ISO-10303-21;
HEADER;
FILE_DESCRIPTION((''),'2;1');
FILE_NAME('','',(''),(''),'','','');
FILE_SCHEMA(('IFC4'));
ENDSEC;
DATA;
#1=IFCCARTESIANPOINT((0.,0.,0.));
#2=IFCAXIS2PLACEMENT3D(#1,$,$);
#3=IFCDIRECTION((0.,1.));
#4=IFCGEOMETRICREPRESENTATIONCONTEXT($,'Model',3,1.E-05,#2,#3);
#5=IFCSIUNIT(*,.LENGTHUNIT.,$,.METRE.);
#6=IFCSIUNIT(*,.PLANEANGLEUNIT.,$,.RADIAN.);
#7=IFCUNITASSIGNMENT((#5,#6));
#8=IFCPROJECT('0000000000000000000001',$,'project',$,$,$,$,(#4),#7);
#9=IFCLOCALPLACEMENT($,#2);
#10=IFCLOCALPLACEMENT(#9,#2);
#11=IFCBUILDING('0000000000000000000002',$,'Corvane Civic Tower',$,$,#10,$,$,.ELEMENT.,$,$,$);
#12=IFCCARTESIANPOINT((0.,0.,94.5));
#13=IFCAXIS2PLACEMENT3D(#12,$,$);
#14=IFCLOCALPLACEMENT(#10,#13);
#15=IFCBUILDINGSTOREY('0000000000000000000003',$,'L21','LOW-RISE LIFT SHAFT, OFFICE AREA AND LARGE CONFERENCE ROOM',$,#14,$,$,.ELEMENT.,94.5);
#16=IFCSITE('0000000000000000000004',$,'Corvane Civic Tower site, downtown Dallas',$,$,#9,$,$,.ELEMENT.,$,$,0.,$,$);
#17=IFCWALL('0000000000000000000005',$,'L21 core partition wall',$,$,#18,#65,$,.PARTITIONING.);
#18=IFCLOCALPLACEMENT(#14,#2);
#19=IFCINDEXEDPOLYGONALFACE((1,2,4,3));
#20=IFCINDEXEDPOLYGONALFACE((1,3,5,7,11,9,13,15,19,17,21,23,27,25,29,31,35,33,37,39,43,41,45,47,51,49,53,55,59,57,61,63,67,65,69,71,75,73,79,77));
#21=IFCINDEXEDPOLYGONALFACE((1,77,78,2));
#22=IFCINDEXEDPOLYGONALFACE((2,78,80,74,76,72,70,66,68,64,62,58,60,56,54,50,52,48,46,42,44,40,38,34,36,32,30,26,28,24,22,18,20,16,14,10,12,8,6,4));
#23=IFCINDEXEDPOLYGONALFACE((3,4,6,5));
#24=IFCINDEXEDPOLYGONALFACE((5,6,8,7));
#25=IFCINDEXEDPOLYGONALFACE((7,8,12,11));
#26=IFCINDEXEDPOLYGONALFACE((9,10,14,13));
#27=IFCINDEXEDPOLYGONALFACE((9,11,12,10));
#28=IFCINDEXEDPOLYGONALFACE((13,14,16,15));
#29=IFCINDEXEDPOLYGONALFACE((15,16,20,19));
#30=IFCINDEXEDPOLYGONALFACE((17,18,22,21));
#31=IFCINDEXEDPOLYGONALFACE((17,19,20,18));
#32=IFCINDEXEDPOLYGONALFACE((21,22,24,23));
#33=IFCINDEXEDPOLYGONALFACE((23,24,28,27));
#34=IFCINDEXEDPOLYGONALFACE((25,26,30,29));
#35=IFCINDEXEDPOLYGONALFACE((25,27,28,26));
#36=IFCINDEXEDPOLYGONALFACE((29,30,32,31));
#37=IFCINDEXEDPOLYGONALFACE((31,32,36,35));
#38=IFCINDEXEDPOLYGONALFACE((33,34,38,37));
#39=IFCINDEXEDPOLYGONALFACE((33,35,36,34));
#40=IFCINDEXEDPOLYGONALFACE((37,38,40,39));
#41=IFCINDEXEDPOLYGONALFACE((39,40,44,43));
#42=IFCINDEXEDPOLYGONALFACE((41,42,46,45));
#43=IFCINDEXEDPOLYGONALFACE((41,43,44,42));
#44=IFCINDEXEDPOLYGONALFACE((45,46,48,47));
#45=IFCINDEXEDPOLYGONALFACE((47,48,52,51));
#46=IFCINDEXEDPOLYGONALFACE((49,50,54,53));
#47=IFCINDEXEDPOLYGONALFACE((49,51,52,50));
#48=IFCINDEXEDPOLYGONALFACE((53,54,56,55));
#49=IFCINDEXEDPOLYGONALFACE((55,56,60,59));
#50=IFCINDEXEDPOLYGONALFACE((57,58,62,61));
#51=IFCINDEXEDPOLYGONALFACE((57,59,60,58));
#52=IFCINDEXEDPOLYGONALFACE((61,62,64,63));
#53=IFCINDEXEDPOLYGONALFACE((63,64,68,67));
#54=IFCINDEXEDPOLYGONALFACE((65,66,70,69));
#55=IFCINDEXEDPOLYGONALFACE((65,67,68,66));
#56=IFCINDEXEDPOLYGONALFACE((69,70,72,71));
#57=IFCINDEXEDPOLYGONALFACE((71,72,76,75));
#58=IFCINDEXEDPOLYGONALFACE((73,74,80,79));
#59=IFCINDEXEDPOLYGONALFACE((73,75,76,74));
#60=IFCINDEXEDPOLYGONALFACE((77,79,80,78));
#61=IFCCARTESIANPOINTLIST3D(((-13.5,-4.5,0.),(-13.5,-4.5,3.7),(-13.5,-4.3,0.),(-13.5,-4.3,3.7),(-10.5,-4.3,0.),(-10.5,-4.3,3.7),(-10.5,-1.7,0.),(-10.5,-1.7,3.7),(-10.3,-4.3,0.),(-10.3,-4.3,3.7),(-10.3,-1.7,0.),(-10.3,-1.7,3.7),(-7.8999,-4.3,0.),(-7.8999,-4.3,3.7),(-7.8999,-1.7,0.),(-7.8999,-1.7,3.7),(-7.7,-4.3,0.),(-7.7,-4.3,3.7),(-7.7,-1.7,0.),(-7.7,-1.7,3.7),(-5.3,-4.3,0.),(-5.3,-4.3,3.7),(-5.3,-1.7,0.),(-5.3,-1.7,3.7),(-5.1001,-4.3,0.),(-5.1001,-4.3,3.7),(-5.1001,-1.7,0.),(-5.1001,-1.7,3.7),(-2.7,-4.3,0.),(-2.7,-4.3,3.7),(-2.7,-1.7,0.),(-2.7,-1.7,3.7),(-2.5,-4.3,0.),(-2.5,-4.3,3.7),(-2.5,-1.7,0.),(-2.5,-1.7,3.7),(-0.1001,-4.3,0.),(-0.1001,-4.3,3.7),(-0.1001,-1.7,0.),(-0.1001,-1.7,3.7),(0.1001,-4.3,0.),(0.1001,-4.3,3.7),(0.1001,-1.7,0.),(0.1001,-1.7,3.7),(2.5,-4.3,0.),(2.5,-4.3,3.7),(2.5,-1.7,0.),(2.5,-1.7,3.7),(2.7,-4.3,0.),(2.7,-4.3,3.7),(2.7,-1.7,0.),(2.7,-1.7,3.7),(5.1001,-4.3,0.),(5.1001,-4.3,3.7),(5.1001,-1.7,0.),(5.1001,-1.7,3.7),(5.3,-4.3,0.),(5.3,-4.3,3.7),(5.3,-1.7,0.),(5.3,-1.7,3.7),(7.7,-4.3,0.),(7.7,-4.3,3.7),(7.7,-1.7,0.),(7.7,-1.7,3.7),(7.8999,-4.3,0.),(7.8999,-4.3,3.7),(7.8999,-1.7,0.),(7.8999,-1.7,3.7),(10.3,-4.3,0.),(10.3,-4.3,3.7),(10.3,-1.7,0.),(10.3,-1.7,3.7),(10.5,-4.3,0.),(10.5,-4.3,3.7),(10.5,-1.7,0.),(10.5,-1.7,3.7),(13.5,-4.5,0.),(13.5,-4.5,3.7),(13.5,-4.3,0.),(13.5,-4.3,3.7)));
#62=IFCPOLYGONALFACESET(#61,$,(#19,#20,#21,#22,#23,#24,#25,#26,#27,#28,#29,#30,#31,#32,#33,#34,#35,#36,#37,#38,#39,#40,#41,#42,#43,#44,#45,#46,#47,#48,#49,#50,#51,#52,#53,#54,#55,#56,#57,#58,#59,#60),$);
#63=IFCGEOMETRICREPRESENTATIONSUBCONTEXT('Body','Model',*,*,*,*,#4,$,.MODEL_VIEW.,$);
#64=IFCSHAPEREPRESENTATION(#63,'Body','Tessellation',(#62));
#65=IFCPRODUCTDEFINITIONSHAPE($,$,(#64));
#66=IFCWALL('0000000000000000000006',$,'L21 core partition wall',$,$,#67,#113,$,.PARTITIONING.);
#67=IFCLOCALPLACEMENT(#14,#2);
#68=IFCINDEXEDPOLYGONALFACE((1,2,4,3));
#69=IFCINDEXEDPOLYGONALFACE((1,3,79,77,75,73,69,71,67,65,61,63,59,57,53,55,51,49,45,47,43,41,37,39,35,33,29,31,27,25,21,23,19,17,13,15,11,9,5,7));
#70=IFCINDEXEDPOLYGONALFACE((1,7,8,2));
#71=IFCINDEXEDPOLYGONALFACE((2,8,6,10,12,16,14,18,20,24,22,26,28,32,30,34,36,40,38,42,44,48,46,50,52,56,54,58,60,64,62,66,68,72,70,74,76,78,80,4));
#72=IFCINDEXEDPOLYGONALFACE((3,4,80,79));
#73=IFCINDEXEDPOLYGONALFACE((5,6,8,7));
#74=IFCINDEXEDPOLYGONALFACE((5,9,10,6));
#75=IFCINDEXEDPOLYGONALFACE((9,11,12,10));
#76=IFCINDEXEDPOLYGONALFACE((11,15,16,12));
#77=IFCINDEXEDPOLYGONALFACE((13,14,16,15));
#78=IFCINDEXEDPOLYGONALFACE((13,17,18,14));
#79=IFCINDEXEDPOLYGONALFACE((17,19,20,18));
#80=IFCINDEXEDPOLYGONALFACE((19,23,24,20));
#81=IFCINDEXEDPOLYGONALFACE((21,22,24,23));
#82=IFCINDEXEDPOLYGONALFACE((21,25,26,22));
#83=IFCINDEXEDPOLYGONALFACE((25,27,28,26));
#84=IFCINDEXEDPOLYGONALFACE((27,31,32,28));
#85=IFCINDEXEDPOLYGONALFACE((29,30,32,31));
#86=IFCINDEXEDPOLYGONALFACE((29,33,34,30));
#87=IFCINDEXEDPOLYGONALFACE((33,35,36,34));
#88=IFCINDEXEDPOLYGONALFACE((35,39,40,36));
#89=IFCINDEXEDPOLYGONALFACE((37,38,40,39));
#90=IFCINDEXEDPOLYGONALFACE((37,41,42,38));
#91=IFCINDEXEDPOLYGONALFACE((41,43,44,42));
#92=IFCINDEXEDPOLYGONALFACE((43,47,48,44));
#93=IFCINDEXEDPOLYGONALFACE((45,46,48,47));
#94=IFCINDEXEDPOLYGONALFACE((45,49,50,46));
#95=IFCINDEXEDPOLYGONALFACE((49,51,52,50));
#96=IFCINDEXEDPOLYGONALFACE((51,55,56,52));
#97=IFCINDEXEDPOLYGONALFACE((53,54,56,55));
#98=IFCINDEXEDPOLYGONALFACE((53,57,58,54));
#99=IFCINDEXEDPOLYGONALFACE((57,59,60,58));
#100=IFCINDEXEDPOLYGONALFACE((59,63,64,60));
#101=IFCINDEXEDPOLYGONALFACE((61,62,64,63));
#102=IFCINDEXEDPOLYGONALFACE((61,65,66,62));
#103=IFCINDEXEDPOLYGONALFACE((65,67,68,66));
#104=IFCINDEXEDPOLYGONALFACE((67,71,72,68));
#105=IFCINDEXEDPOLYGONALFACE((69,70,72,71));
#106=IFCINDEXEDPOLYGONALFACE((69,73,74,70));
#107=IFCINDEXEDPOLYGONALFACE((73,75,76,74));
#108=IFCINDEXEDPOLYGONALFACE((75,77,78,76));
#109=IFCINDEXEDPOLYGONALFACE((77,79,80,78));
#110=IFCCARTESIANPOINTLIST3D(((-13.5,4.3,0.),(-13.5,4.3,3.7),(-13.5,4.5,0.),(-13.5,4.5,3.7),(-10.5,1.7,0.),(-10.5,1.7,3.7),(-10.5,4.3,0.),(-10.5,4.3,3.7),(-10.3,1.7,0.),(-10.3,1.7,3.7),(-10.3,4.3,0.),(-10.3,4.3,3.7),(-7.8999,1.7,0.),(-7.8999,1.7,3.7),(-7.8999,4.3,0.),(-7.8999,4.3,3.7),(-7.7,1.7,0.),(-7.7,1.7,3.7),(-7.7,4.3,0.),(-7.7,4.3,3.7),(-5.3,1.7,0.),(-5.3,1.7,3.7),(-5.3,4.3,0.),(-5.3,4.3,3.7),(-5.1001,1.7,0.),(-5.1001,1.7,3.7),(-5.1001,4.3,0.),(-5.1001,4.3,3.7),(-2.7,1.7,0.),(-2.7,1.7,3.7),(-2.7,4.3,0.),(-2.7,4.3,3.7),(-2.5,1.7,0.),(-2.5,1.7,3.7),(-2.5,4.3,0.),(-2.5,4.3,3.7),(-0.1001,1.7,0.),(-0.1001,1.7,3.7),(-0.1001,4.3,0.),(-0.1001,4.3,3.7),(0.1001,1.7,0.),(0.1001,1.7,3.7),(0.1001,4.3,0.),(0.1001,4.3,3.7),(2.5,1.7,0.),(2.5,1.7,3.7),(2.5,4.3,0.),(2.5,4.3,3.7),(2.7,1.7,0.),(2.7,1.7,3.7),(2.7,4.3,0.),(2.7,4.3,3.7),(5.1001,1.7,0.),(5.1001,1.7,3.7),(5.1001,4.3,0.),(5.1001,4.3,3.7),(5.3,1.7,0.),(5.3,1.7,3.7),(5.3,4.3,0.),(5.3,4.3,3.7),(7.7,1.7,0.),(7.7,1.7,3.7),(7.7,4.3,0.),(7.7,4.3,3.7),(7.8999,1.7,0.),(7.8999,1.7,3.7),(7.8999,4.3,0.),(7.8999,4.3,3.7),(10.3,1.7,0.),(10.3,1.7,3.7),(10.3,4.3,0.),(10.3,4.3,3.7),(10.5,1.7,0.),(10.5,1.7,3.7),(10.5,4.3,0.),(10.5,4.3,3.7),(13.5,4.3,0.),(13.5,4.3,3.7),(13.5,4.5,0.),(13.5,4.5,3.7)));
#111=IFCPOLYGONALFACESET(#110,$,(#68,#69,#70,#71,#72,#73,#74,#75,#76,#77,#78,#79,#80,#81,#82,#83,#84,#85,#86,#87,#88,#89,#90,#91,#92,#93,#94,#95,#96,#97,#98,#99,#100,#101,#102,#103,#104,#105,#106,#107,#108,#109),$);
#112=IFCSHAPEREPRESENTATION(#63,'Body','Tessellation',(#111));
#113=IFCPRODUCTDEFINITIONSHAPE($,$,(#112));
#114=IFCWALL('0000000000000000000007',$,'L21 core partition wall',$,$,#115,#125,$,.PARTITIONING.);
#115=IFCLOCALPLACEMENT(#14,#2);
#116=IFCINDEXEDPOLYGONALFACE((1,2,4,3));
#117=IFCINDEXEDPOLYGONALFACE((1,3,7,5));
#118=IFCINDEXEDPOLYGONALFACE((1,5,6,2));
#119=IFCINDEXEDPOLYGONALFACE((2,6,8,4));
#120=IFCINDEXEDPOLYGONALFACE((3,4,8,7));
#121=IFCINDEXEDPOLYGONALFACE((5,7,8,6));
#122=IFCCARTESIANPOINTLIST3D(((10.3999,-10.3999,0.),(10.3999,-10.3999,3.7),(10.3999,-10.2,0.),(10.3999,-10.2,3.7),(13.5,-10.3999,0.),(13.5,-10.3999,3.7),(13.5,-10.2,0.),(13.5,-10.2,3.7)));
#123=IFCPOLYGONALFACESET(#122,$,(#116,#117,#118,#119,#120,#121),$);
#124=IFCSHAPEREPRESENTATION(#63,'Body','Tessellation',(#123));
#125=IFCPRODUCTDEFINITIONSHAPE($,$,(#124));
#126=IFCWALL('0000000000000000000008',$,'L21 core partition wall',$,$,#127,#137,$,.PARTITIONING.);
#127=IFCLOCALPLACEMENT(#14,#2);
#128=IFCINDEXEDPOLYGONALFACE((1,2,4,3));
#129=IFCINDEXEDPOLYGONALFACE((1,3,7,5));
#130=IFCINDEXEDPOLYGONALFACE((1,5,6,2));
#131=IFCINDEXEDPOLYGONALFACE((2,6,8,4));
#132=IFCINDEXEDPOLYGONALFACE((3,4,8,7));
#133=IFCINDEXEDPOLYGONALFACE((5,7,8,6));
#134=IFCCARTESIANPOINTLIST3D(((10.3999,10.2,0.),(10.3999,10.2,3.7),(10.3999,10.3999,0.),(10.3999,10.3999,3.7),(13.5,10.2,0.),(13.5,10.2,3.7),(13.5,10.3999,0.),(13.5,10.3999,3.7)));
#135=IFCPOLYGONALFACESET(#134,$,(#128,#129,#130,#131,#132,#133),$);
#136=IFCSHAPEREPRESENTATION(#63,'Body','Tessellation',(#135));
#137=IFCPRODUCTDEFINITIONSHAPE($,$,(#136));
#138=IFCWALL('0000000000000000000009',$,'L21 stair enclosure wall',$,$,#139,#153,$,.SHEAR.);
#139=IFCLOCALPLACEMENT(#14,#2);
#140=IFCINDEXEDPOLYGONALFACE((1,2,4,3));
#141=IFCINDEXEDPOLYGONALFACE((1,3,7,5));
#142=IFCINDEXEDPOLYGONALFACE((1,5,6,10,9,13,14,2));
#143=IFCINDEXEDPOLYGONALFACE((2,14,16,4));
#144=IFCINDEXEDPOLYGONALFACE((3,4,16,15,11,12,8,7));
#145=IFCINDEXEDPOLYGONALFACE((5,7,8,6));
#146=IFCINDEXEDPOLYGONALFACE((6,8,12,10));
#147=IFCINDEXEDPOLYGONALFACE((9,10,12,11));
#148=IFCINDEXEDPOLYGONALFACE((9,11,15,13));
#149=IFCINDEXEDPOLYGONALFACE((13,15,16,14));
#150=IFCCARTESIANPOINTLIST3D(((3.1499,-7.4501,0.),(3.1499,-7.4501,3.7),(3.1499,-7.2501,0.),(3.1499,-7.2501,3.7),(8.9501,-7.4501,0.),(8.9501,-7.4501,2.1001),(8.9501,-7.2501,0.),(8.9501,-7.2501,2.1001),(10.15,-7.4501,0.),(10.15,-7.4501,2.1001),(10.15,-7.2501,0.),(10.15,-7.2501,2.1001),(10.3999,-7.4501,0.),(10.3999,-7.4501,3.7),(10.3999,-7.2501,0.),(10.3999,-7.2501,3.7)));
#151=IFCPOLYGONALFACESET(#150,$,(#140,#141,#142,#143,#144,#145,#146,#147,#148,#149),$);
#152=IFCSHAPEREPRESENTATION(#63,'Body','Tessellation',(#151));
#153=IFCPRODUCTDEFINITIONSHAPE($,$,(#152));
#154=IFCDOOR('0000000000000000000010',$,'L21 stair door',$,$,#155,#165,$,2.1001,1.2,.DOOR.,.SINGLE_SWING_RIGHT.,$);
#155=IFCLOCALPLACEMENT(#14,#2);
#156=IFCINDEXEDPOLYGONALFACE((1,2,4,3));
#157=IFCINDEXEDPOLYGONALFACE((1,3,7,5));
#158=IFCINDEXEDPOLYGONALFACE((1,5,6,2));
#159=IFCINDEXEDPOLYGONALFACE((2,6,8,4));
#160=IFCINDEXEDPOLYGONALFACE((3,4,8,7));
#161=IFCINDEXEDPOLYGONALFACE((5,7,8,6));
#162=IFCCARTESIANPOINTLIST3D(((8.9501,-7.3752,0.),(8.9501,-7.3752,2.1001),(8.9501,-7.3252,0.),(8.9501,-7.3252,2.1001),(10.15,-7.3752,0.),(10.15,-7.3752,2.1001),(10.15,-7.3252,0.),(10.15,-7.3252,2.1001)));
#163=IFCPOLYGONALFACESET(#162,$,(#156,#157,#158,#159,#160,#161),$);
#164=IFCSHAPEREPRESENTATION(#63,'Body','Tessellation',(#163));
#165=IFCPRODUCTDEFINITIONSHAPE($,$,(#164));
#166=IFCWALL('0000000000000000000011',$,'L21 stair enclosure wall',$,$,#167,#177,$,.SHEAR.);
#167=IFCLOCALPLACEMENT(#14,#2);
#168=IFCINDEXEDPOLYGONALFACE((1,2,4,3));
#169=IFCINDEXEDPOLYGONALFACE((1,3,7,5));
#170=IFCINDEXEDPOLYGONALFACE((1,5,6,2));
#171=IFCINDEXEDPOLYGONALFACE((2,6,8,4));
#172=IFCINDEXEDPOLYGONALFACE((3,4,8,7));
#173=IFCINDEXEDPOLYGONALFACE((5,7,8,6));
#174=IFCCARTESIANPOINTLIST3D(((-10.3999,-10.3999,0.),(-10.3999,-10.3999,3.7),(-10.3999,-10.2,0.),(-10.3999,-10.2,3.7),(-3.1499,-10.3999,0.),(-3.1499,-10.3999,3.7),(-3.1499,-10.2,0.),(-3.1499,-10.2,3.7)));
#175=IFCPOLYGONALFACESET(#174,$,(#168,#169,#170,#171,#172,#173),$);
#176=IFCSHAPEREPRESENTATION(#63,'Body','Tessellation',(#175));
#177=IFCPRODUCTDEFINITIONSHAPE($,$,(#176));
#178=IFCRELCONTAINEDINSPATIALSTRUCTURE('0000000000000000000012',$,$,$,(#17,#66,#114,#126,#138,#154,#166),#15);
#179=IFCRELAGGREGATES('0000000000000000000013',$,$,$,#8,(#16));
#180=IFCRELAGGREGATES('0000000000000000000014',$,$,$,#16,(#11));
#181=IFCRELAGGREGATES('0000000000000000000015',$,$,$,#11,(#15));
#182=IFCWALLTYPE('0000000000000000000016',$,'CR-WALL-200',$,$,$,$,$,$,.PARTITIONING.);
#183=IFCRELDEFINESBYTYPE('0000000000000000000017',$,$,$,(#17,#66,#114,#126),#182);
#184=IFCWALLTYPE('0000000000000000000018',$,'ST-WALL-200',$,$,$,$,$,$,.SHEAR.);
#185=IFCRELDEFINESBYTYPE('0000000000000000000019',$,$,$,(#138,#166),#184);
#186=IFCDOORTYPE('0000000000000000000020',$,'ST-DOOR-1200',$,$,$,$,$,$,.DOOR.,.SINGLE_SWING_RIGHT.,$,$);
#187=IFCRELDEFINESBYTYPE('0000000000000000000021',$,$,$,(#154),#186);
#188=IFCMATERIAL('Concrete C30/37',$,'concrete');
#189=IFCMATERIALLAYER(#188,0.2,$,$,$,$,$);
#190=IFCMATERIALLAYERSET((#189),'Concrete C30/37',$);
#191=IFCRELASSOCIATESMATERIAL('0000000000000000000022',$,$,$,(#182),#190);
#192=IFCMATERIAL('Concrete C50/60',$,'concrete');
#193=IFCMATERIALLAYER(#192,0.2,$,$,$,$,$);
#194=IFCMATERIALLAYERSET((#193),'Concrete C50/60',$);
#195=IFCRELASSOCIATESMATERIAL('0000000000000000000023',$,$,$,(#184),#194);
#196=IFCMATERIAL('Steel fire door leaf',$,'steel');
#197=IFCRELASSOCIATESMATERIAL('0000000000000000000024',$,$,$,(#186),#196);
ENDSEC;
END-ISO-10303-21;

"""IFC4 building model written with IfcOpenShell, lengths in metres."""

from ifc_helpers import new_model, si_unit, direction, frame, frame_2d, origin, place, context, subcontext, project, spatial, polyline, rectangle, outline, extrude, material, layer, layer_set, type_object, element, fill, save


model = new_model("IFC4")

# Units and contexts
model_context = context("Model", 3, precision=1e-05, world=origin(), true_north=direction((0.0, 1.0)))
body_context = subcontext(model_context, "Body", "Model", "MODEL_VIEW")
ifc_project = project(units=[si_unit("LENGTHUNIT", "METRE"), si_unit("PLANEANGLEUNIT", "RADIAN")], contexts=[model_context])

# Site, building, storey
site_placement = place(None, origin())
site = spatial("IfcSite", under=ifc_project, at=site_placement, Name="Corvane Civic Tower site, downtown Dallas", CompositionType="ELEMENT", RefElevation=0.0)
building_placement = place(site_placement, origin())
building = spatial("IfcBuilding", under=site, at=building_placement, Name="Corvane Civic Tower", CompositionType="ELEMENT")
storey_placement = place(building_placement, frame((0.0, 0.0, 94.5)))
storey = spatial("IfcBuildingStorey", under=building, at=storey_placement, Name="L21", Description="LOW-RISE LIFT SHAFT, OFFICE AREA AND LARGE CONFERENCE ROOM", CompositionType="ELEMENT", Elevation=94.5)

# Shared definitions
ifc_material_1 = material(Name="Concrete C30/37", Category="concrete")
ifc_layer_1 = layer(ifc_material_1, 0.2)
ifc_layer_set_1 = layer_set([ifc_layer_1], Name="Concrete C30/37")
wall_type_1 = type_object("IfcWallType", Name="CR-WALL-200", PredefinedType="PARTITIONING", material=ifc_layer_set_1)

# Walls
wall_1_placement = place(storey_placement, origin())
element("IfcWall", 1, at=wall_1_placement, inside=storey, type_object=wall_type_1, Name="L21 core partition wall", PredefinedType="PARTITIONING", context=body_context, shape_type="SweptSolid", body=[
    extrude(outline(polyline([(-10.5, -1.7), (-10.3, -1.7), (-10.3, -4.3), (-7.8999, -4.3), (-7.8999, -1.7), (-7.7, -1.7), (-7.7, -4.3), (-5.3, -4.3), (-5.3, -1.7), (-5.1001, -1.7), (-5.1001, -4.3), (-2.7, -4.3), (-2.7, -1.7), (-2.5, -1.7), (-2.5, -4.3), (-0.1001, -4.3), (-0.1001, -1.7), (0.1001, -1.7), (0.1001, -4.3), (2.5, -4.3), (2.5, -1.7), (2.7, -1.7), (2.7, -4.3), (5.1001, -4.3), (5.1001, -1.7), (5.3, -1.7), (5.3, -4.3), (7.7, -4.3), (7.7, -1.7), (7.8999, -1.7), (7.8999, -4.3), (10.3, -4.3), (10.3, -1.7), (10.5, -1.7), (10.5, -4.3), (13.5, -4.3), (13.5, -4.5), (-13.5, -4.5), (-13.5, -4.3), (-10.5, -4.3), (-10.5, -1.7)])), origin(), (0.0, 0.0, 1.0), 3.7),
])
wall_2_placement = place(storey_placement, origin())
element("IfcWall", 2, at=wall_2_placement, inside=storey, type_object=wall_type_1, Name="L21 core partition wall", PredefinedType="PARTITIONING", context=body_context, shape_type="SweptSolid", body=[
    extrude(outline(polyline([(-7.7, 4.3), (-7.7, 1.7), (-7.8999, 1.7), (-7.8999, 4.3), (-10.3, 4.3), (-10.3, 1.7), (-10.5, 1.7), (-10.5, 4.3), (-13.5, 4.3), (-13.5, 4.5), (13.5, 4.5), (13.5, 4.3), (10.5, 4.3), (10.5, 1.7), (10.3, 1.7), (10.3, 4.3), (7.8999, 4.3), (7.8999, 1.7), (7.7, 1.7), (7.7, 4.3), (5.3, 4.3), (5.3, 1.7), (5.1001, 1.7), (5.1001, 4.3), (2.7, 4.3), (2.7, 1.7), (2.5, 1.7), (2.5, 4.3), (0.1001, 4.3), (0.1001, 1.7), (-0.1001, 1.7), (-0.1001, 4.3), (-2.5, 4.3), (-2.5, 1.7), (-2.7, 1.7), (-2.7, 4.3), (-5.1001, 4.3), (-5.1001, 1.7), (-5.3, 1.7), (-5.3, 4.3), (-7.7, 4.3)])), origin(), (0.0, 0.0, 1.0), 3.7),
])
wall_3_placement = place(storey_placement, origin())
element("IfcWall", 3, at=wall_3_placement, inside=storey, type_object=wall_type_1, Name="L21 core partition wall", PredefinedType="PARTITIONING", context=body_context, shape_type="SweptSolid", body=[
    extrude(outline(polyline([(13.5, -10.3999), (10.3999, -10.3999), (10.3999, -10.2), (13.5, -10.2), (13.5, -10.3999)])), origin(), (0.0, 0.0, 1.0), 3.7),
])
wall_4_placement = place(storey_placement, origin())
element("IfcWall", 4, at=wall_4_placement, inside=storey, type_object=wall_type_1, Name="L21 core partition wall", PredefinedType="PARTITIONING", context=body_context, shape_type="SweptSolid", body=[
    extrude(outline(polyline([(10.3999, 10.2), (10.3999, 10.3999), (13.5, 10.3999), (13.5, 10.2), (10.3999, 10.2)])), origin(), (0.0, 0.0, 1.0), 3.7),
])

# Wall, opening, door
ifc_material_2 = material(Name="Concrete C50/60", Category="concrete")
ifc_layer_2 = layer(ifc_material_2, 0.2)
ifc_layer_set_2 = layer_set([ifc_layer_2], Name="Concrete C50/60")
wall_type_2 = type_object("IfcWallType", Name="ST-WALL-200", PredefinedType="SHEAR", material=ifc_layer_set_2)
wall_5_placement = place(storey_placement, frame((3.1499, -7.3501, 0.0), z_axis=(0.0, 0.0, 1.0), x_axis=(1.0, 0.0, 0.0)))
wall_5 = element("IfcWall", 5, at=wall_5_placement, inside=storey, type_object=wall_type_2, Name="L21 stair enclosure wall", PredefinedType="SHEAR", context=body_context, shape_type="SweptSolid", body=[
    extrude(rectangle(XDim=7.25, YDim=0.2, at=frame_2d((3.625, 0.0))), origin(), (0.0, 0.0, 1.0), 3.7),
])
opening_1_placement = place(wall_5_placement, frame((5.8, 0.0, 0.0)))
opening_1 = element("IfcOpeningElement", 6, at=opening_1_placement, cuts=wall_5, PredefinedType="OPENING", context=body_context, shape_type="SweptSolid", body=[
    extrude(rectangle(XDim=1.2, YDim=2.1001, at=frame_2d((0.6001, 1.05))), frame((0.0, 0.1099, 0.0), z_axis=(0.0, -1.0, 0.0), x_axis=(1.0, 0.0, 0.0)), (0.0, 0.0, 1.0), 0.22),
])
ifc_material_3 = material(Name="Steel fire door leaf", Category="steel")
door_type_1 = type_object("IfcDoorType", Name="ST-DOOR-1200", OperationType="SINGLE_SWING_RIGHT", PredefinedType="DOOR", material=ifc_material_3)
door_1_placement = place(opening_1_placement, origin())
door_1 = element("IfcDoor", 7, at=door_1_placement, inside=storey, type_object=door_type_1, Name="L21 stair door", OperationType="SINGLE_SWING_RIGHT", OverallHeight=2.1001, OverallWidth=1.2, PredefinedType="DOOR", context=body_context, shape_type="SweptSolid", body=[
    extrude(rectangle(XDim=1.2, YDim=2.1001, at=frame_2d((0.6001, 1.05))), frame((0.0, 0.0249, 0.0), z_axis=(0.0, -1.0, 0.0), x_axis=(1.0, 0.0, 0.0)), (0.0, 0.0, 1.0), 0.05),
])
fill(opening_1, door_1)

# Wall
wall_6_placement = place(storey_placement, origin())
element("IfcWall", 8, at=wall_6_placement, inside=storey, type_object=wall_type_2, Name="L21 stair enclosure wall", PredefinedType="SHEAR", context=body_context, shape_type="SweptSolid", body=[
    extrude(outline(polyline([(-3.1499, -10.2), (-3.1499, -10.3999), (-10.3999, -10.3999), (-10.3999, -10.2), (-3.1499, -10.2)])), origin(), (0.0, 0.0, 1.0), 3.7),
])

save(model, "model.ifc")
